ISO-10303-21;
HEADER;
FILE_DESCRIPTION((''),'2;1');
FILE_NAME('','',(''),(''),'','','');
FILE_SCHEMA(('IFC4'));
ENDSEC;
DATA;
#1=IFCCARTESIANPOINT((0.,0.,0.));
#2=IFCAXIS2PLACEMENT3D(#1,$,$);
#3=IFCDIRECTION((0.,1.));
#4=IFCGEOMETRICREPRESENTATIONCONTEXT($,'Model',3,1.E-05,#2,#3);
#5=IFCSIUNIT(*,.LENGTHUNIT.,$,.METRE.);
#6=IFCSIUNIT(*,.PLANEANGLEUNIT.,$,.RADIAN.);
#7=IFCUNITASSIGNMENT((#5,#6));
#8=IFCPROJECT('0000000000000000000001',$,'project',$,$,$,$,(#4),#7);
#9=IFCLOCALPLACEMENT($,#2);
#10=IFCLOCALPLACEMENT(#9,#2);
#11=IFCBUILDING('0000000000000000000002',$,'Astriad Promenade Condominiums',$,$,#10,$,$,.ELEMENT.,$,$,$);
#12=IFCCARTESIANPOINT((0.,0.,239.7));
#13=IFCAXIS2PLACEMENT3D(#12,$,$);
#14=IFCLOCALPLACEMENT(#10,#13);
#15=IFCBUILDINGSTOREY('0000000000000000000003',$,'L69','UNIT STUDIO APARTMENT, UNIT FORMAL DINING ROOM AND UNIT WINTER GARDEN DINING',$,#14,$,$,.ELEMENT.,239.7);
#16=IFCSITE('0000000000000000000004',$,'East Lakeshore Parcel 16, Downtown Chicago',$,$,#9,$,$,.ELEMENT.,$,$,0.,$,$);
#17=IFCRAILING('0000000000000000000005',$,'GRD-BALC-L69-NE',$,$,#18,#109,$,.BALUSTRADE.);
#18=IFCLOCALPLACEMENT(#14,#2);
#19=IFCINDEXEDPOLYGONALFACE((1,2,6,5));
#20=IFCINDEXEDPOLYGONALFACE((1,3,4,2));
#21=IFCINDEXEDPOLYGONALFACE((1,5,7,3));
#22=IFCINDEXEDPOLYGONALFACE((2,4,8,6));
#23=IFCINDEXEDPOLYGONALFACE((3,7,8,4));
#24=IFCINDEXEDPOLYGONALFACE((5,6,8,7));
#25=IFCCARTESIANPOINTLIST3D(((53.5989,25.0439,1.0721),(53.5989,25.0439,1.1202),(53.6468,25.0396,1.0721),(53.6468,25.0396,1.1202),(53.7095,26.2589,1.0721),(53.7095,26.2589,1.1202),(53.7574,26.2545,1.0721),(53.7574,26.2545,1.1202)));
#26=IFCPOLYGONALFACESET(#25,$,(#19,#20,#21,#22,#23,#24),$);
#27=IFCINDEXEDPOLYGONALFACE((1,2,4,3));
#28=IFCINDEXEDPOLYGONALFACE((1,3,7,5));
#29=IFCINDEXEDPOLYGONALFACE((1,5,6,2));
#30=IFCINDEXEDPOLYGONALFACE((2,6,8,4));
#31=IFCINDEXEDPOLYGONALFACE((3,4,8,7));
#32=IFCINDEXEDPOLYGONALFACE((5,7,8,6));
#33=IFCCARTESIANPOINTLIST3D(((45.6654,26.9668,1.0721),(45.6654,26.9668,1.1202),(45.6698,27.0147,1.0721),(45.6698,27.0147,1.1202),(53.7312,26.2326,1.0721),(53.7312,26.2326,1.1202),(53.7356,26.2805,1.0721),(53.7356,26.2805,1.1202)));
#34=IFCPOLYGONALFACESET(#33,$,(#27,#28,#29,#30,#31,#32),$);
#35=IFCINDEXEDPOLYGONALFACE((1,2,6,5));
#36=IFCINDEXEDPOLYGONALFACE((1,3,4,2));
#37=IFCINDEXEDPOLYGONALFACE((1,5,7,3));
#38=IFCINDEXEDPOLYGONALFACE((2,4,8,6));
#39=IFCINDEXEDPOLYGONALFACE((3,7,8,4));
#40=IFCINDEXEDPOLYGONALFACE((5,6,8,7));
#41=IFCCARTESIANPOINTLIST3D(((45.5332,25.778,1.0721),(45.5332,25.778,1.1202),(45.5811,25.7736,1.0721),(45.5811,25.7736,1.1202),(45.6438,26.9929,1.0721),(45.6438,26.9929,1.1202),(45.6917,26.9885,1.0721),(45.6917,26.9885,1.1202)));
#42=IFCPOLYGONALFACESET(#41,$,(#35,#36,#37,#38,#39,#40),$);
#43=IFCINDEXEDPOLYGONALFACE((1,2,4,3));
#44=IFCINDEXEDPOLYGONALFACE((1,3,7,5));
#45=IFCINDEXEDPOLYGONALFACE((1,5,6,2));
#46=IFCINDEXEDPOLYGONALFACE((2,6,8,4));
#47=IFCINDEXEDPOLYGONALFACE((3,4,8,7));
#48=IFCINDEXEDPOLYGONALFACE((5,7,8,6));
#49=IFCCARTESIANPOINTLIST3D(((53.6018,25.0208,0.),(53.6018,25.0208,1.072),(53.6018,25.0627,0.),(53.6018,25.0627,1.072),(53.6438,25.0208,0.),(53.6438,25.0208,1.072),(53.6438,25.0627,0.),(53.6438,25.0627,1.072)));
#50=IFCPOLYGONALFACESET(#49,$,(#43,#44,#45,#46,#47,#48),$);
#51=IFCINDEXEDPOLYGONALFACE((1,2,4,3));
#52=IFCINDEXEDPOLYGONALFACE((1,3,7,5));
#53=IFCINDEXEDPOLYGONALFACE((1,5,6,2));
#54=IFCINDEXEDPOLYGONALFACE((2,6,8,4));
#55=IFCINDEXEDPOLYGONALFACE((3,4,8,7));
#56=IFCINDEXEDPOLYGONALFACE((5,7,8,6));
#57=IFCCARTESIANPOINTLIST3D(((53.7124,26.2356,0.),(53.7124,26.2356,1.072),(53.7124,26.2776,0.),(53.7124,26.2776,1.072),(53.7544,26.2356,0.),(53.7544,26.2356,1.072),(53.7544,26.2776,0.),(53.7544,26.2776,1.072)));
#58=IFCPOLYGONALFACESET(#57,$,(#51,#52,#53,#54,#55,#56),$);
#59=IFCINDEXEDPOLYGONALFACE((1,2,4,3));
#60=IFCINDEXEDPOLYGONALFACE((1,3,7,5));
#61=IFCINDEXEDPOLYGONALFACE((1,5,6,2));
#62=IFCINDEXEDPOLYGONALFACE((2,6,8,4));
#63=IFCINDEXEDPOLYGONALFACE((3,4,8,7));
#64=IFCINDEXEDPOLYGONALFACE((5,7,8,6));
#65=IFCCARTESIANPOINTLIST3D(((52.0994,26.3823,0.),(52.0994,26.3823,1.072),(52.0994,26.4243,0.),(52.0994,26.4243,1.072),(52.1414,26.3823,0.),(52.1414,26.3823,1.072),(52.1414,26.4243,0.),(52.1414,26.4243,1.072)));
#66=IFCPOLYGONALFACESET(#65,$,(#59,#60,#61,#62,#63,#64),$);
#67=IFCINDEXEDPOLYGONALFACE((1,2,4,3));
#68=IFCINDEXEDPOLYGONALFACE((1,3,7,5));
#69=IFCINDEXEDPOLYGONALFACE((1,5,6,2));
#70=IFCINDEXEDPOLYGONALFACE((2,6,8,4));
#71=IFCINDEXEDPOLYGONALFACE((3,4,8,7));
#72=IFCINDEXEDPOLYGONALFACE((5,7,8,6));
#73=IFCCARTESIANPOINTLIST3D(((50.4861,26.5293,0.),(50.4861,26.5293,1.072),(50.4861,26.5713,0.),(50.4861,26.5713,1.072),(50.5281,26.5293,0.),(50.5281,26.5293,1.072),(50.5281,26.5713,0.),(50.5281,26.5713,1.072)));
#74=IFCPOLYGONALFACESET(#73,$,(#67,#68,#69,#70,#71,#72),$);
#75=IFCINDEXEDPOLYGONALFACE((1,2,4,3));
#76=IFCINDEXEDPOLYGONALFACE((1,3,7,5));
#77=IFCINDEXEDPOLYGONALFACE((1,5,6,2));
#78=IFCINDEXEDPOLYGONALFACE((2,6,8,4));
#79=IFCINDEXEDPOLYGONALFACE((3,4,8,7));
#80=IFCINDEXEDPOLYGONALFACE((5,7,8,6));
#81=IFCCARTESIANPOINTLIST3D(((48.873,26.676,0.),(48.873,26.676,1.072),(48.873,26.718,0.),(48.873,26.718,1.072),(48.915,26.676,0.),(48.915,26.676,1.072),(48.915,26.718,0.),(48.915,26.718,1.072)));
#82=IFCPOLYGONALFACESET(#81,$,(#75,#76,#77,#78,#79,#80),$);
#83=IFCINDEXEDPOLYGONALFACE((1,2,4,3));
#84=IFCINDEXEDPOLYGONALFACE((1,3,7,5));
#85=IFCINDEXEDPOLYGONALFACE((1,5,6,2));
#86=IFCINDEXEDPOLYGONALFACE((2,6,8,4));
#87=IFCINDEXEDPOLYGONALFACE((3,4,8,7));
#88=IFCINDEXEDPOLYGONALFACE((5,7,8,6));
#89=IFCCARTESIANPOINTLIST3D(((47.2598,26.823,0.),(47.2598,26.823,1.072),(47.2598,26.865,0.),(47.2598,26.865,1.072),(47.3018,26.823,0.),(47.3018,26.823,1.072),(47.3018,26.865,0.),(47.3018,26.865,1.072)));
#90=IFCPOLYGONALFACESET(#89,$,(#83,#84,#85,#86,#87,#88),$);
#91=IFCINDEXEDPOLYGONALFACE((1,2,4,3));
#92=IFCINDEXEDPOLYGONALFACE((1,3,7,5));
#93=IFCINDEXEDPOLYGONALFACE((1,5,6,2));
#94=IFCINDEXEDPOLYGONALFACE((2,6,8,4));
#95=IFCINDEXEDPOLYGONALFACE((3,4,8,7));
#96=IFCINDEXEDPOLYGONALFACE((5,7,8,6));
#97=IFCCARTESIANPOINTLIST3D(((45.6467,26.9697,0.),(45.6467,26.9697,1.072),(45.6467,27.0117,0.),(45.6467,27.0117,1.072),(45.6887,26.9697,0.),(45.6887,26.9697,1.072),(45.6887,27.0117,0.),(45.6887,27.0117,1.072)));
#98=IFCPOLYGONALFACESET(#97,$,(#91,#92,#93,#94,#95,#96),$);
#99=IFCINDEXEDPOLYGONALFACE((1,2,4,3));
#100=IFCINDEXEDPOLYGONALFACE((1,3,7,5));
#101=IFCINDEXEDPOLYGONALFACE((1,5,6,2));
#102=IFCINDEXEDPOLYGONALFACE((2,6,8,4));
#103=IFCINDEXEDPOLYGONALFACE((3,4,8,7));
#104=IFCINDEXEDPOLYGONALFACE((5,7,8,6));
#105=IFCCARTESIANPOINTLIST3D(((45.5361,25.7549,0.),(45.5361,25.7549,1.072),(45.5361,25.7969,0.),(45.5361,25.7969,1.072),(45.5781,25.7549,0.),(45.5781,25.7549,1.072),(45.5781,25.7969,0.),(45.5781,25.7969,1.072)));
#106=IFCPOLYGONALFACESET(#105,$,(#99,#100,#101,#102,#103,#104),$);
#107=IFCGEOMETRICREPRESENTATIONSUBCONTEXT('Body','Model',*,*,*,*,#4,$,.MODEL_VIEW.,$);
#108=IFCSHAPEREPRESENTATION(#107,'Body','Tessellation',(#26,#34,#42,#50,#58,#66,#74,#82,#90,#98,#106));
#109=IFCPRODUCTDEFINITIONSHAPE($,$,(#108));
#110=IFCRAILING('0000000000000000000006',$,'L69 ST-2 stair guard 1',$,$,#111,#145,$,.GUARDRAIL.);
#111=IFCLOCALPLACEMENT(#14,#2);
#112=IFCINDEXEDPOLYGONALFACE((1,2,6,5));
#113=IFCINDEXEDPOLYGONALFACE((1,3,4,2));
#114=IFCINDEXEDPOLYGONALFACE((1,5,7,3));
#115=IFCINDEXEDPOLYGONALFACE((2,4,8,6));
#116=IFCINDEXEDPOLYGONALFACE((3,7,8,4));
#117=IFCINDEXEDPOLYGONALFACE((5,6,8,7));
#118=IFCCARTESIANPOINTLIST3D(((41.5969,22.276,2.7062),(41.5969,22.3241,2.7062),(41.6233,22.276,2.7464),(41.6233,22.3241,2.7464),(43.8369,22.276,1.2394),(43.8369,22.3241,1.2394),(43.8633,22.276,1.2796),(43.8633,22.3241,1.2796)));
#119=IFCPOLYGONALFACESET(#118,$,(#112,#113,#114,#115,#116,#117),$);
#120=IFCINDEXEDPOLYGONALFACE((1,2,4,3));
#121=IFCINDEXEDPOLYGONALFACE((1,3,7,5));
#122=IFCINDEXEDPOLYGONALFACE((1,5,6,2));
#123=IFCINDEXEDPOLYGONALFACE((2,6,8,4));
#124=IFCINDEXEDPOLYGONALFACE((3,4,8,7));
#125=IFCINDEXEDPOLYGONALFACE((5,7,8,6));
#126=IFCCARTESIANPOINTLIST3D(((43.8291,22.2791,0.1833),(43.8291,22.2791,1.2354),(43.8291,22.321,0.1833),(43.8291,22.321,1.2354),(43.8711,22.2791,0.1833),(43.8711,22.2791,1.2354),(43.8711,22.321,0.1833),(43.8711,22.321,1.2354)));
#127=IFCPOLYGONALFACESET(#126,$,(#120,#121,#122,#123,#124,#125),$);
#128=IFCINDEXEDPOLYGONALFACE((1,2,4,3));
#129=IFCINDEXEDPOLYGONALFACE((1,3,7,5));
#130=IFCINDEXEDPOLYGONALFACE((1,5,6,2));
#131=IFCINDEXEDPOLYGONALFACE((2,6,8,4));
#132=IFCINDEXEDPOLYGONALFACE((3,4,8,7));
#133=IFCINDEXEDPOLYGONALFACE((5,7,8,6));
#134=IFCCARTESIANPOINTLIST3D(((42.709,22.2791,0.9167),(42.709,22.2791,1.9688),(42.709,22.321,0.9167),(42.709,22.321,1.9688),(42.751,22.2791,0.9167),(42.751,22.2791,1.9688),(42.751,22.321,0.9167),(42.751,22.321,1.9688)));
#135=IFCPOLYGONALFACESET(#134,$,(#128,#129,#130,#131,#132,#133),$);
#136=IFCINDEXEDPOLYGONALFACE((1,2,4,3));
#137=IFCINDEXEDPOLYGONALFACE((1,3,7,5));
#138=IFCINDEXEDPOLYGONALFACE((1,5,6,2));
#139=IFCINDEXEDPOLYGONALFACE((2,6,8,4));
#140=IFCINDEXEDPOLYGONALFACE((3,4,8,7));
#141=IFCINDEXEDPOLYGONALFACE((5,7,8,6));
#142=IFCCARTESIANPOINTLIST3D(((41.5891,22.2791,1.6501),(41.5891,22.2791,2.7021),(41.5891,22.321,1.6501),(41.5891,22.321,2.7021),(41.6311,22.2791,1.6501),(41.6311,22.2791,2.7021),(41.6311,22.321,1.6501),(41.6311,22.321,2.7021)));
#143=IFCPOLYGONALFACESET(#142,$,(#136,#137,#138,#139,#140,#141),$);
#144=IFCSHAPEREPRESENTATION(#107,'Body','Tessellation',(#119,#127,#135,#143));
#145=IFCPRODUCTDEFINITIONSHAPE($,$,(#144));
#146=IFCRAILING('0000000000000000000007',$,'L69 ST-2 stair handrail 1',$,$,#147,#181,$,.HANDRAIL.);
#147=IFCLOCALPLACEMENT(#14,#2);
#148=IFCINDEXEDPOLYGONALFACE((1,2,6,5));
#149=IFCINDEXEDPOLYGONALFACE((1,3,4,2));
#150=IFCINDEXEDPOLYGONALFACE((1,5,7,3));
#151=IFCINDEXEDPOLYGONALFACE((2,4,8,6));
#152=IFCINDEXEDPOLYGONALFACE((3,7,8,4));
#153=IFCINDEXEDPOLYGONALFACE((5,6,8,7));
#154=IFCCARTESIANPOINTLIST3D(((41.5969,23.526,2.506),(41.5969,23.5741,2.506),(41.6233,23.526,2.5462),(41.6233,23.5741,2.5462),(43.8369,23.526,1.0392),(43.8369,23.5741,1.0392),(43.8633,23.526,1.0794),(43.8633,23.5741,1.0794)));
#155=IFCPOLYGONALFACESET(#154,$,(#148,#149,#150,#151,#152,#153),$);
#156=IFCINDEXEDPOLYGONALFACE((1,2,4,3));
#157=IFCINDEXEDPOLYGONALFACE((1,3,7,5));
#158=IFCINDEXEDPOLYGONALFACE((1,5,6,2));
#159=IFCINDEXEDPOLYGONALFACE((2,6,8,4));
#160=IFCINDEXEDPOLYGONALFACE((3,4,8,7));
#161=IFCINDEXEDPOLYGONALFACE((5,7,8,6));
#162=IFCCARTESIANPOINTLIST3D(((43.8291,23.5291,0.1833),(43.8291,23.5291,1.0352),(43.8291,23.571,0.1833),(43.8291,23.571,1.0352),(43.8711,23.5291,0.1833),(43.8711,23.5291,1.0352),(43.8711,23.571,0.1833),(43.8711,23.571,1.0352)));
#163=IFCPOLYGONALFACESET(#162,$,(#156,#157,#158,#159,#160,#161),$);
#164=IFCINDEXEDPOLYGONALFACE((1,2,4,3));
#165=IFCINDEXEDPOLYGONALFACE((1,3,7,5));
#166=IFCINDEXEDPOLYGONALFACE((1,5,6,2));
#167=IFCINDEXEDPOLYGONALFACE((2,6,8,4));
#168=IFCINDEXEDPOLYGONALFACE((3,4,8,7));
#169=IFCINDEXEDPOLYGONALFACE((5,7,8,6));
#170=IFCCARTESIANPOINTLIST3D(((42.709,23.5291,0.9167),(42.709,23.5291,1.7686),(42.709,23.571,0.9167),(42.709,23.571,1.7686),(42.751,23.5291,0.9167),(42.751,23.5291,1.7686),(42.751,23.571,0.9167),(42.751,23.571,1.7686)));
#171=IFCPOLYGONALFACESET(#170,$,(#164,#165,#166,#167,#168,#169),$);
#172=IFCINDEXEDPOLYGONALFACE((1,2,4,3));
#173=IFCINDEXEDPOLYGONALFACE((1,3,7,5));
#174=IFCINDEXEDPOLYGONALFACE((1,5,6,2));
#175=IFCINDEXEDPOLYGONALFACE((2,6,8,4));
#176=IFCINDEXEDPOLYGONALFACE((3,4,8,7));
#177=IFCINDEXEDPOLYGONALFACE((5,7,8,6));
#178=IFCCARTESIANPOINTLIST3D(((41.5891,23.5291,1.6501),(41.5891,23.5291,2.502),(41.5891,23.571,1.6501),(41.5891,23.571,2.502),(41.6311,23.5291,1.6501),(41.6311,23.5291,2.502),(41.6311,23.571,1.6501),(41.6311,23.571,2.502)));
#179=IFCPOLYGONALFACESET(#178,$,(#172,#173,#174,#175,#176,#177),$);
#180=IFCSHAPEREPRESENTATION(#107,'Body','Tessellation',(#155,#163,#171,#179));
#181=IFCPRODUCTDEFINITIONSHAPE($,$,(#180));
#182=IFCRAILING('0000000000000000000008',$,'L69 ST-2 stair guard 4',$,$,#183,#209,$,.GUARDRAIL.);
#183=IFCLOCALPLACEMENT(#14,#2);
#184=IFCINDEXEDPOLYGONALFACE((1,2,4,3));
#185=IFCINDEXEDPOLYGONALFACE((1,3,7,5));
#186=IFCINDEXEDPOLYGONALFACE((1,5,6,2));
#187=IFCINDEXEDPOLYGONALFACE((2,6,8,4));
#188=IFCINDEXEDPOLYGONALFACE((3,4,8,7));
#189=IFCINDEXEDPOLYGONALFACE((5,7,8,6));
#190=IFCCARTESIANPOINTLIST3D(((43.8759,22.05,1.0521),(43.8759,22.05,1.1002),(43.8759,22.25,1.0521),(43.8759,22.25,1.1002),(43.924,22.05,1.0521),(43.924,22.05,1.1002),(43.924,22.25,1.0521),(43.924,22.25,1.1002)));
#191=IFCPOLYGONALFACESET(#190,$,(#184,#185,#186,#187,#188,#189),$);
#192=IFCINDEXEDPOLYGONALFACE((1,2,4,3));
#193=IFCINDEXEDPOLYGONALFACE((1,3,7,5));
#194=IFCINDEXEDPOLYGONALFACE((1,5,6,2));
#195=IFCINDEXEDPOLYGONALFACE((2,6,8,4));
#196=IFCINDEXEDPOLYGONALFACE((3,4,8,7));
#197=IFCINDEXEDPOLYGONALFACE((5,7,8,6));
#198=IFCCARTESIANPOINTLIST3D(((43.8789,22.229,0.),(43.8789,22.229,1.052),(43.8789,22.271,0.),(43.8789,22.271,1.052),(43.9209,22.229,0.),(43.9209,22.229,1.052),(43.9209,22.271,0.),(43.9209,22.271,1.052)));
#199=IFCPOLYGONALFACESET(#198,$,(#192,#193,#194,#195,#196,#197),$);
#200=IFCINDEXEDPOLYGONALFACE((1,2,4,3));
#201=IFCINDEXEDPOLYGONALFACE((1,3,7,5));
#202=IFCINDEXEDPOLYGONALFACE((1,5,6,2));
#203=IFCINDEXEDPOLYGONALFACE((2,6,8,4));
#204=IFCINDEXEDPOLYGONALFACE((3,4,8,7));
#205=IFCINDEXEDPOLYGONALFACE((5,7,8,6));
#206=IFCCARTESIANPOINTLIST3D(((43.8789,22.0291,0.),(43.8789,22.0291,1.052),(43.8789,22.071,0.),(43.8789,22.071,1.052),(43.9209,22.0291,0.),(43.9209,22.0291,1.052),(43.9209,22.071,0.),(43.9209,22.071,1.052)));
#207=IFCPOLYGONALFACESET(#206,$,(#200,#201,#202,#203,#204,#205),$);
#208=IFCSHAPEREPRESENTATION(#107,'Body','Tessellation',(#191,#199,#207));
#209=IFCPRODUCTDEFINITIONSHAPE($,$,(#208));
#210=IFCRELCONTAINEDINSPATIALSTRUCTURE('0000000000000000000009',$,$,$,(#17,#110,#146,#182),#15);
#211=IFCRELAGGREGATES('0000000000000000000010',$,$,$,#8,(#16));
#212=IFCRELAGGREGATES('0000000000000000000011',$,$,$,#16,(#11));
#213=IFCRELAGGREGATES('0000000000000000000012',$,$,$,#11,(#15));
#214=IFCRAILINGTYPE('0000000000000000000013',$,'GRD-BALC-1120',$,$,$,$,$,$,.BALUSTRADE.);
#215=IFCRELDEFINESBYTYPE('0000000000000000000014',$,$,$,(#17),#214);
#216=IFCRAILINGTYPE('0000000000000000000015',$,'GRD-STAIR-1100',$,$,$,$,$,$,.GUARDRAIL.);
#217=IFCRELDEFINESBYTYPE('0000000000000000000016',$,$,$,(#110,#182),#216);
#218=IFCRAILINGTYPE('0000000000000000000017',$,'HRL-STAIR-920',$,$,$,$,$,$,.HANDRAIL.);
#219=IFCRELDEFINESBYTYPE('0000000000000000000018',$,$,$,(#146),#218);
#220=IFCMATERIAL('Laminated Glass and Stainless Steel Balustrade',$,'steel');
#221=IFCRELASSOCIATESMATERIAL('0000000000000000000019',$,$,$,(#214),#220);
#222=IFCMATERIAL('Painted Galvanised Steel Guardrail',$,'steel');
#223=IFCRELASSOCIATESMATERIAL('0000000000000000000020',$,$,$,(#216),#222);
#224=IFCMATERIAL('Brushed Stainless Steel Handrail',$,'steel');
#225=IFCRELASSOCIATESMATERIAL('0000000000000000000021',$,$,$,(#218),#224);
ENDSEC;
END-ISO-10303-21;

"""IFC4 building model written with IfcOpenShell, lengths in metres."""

from ifc_helpers import new_model, si_unit, direction, frame, origin, origin_2d, place, context, subcontext, project, spatial, rectangle, extrude, source, transform, mapped, material, type_object, type_shapes, element, save


model = new_model("IFC4")

# Units and contexts
model_context = context("Model", 3, precision=1e-05, world=origin(), true_north=direction((0.0, 1.0)))
body_context = subcontext(model_context, "Body", "Model", "MODEL_VIEW")
ifc_project = project(units=[si_unit("LENGTHUNIT", "METRE"), si_unit("PLANEANGLEUNIT", "RADIAN")], contexts=[model_context])

# Site, building, storey
site_placement = place(None, origin())
site = spatial("IfcSite", under=ifc_project, at=site_placement, Name="East Lakeshore Parcel 16, Downtown Chicago", CompositionType="ELEMENT", RefElevation=0.0)
building_placement = place(site_placement, origin())
building = spatial("IfcBuilding", under=site, at=building_placement, Name="Astriad Promenade Condominiums", CompositionType="ELEMENT")
storey_placement = place(building_placement, frame((0.0, 0.0, 239.7)))
storey = spatial("IfcBuildingStorey", under=building, at=storey_placement, Name="L69", Description="UNIT STUDIO APARTMENT, UNIT FORMAL DINING ROOM AND UNIT WINTER GARDEN DINING", CompositionType="ELEMENT", Elevation=239.7)

# Railings
ifc_material_1 = material(Name="Laminated Glass and Stainless Steel Balustrade", Category="steel")
railing_type_1 = type_object("IfcRailingType", Name="GRD-BALC-1120", PredefinedType="BALUSTRADE", material=ifc_material_1)
shared_shape_1 = source(origin(), body_context, "Body", "SweptSolid", [
    extrude(rectangle(XDim=0.0481, YDim=0.0481, at=origin_2d()), frame((0.0, 0.0, 1.0962), z_axis=(0.090662, 0.995882, 0.0), x_axis=(-0.995882, 0.090662, 0.0)), (0.0, 0.0, 1.0), 1.22),
    extrude(rectangle(XDim=0.0481, YDim=0.0481, at=origin_2d()), frame((0.1106, 1.2148, 1.0962), z_axis=(-0.995883, 0.090644, 0.0), x_axis=(-0.090644, -0.995883, 0.0)), (0.0, 0.0, 1.0), 8.0991),
    extrude(rectangle(XDim=0.0481, YDim=0.0481, at=origin_2d()), frame((-7.9551, 1.949, 1.0962), z_axis=(-0.090662, -0.995882, 0.0), x_axis=(0.995882, -0.090662, 0.0)), (0.0, 0.0, 1.0), 1.22),
    extrude(rectangle(XDim=0.042, YDim=0.042, at=origin_2d()), origin(), (0.0, 0.0, 1.0), 1.072),
    extrude(rectangle(XDim=0.042, YDim=0.042, at=origin_2d()), frame((0.1106, 1.2148, 0.0)), (0.0, 0.0, 1.0), 1.072),
    extrude(rectangle(XDim=0.042, YDim=0.042, at=origin_2d()), frame((-1.5024, 1.3616, 0.0)), (0.0, 0.0, 1.0), 1.072),
    extrude(rectangle(XDim=0.042, YDim=0.042, at=origin_2d()), frame((-3.1157, 1.5085, 0.0)), (0.0, 0.0, 1.0), 1.072),
    extrude(rectangle(XDim=0.042, YDim=0.042, at=origin_2d()), frame((-4.7288, 1.6553, 0.0)), (0.0, 0.0, 1.0), 1.072),
    extrude(rectangle(XDim=0.042, YDim=0.042, at=origin_2d()), frame((-6.342, 1.8022, 0.0)), (0.0, 0.0, 1.0), 1.072),
    extrude(rectangle(XDim=0.042, YDim=0.042, at=origin_2d()), frame((-7.9551, 1.949, 0.0)), (0.0, 0.0, 1.0), 1.072),
    extrude(rectangle(XDim=0.042, YDim=0.042, at=origin_2d()), frame((-8.0657, 0.7341, 0.0)), (0.0, 0.0, 1.0), 1.072),
])
type_shapes(railing_type_1, [shared_shape_1])
railing_1_placement = place(storey_placement, frame((53.6228, 25.0417, 0.0)))
element("IfcRailing", 1, at=railing_1_placement, inside=storey, type_object=railing_type_1, Name="GRD-BALC-L69-NE", PredefinedType="BALUSTRADE", context=body_context, shape_type="MappedRepresentation", body=[
    mapped(shared_shape_1, transform((0.0, 0.0, 0.0), scale=1.0)),
])
ifc_material_2 = material(Name="Painted Galvanised Steel Guardrail", Category="steel")
railing_type_2 = type_object("IfcRailingType", Name="GRD-STAIR-1100", PredefinedType="GUARDRAIL", material=ifc_material_2)
shared_shape_2 = source(origin(), body_context, "Body", "SweptSolid", [
    extrude(rectangle(XDim=0.0481, YDim=0.0481, at=origin_2d()), frame((0.0, 0.0, 1.0762), z_axis=(-0.836595, 0.0, 0.547822), x_axis=(0.0, -1.0, 0.0)), (0.0, 0.0, 1.0), 2.6775),
    extrude(rectangle(XDim=0.042, YDim=0.042, at=origin_2d()), origin(), (0.0, 0.0, 1.0), 1.052),
    extrude(rectangle(XDim=0.042, YDim=0.042, at=origin_2d()), frame((-1.1201, 0.0, 0.7334)), (0.0, 0.0, 1.0), 1.052),
    extrude(rectangle(XDim=0.042, YDim=0.042, at=origin_2d()), frame((-2.24, 0.0, 1.4668)), (0.0, 0.0, 1.0), 1.052),
])
railing_2_placement = place(storey_placement, frame((43.8501, 22.3, 0.1833)))
element("IfcRailing", 2, at=railing_2_placement, inside=storey, type_object=railing_type_2, Name="L69 ST-2 stair guard 1", PredefinedType="GUARDRAIL", context=body_context, shape_type="MappedRepresentation", body=[
    mapped(shared_shape_2, transform((0.0, 0.0, 0.0), scale=1.0)),
])
ifc_material_3 = material(Name="Brushed Stainless Steel Handrail", Category="steel")
railing_type_3 = type_object("IfcRailingType", Name="HRL-STAIR-920", PredefinedType="HANDRAIL", material=ifc_material_3)
shared_shape_3 = source(origin(), body_context, "Body", "SweptSolid", [
    extrude(rectangle(XDim=0.0481, YDim=0.0481, at=origin_2d()), frame((0.0, 0.0, 0.876), z_axis=(-0.836595, 0.0, 0.547822), x_axis=(0.0, -1.0, 0.0)), (0.0, 0.0, 1.0), 2.6775),
    extrude(rectangle(XDim=0.042, YDim=0.042, at=origin_2d()), origin(), (0.0, 0.0, 1.0), 0.8518),
    extrude(rectangle(XDim=0.042, YDim=0.042, at=origin_2d()), frame((-1.1201, 0.0, 0.7334)), (0.0, 0.0, 1.0), 0.8518),
    extrude(rectangle(XDim=0.042, YDim=0.042, at=origin_2d()), frame((-2.24, 0.0, 1.4668)), (0.0, 0.0, 1.0), 0.8518),
])
type_shapes(railing_type_3, [shared_shape_3])
railing_3_placement = place(storey_placement, frame((43.8501, 23.55, 0.1833)))
element("IfcRailing", 3, at=railing_3_placement, inside=storey, type_object=railing_type_3, Name="L69 ST-2 stair handrail 1", PredefinedType="HANDRAIL", context=body_context, shape_type="MappedRepresentation", body=[
    mapped(shared_shape_3, transform((0.0, 0.0, 0.0), scale=1.0)),
])
shared_shape_4 = source(origin(), body_context, "Body", "SweptSolid", [
    extrude(rectangle(XDim=0.0481, YDim=0.0481, at=origin_2d()), frame((0.0, 0.0, 1.0762), z_axis=(0.0, -1.0, 0.0), x_axis=(1.0, 0.0, 0.0)), (0.0, 0.0, 1.0), 0.2),
    extrude(rectangle(XDim=0.042, YDim=0.042, at=origin_2d()), origin(), (0.0, 0.0, 1.0), 1.052),
    extrude(rectangle(XDim=0.042, YDim=0.042, at=origin_2d()), frame((0.0, -0.2, 0.0)), (0.0, 0.0, 1.0), 1.052),
])
type_shapes(railing_type_2, [shared_shape_2, shared_shape_4])
railing_4_placement = place(storey_placement, frame((43.8999, 22.25, 0.0)))
element("IfcRailing", 4, at=railing_4_placement, inside=storey, type_object=railing_type_2, Name="L69 ST-2 stair guard 4", PredefinedType="GUARDRAIL", context=body_context, shape_type="MappedRepresentation", body=[
    mapped(shared_shape_4, transform((0.0, 0.0, 0.0), scale=1.0)),
])

save(model, "model.ifc")
